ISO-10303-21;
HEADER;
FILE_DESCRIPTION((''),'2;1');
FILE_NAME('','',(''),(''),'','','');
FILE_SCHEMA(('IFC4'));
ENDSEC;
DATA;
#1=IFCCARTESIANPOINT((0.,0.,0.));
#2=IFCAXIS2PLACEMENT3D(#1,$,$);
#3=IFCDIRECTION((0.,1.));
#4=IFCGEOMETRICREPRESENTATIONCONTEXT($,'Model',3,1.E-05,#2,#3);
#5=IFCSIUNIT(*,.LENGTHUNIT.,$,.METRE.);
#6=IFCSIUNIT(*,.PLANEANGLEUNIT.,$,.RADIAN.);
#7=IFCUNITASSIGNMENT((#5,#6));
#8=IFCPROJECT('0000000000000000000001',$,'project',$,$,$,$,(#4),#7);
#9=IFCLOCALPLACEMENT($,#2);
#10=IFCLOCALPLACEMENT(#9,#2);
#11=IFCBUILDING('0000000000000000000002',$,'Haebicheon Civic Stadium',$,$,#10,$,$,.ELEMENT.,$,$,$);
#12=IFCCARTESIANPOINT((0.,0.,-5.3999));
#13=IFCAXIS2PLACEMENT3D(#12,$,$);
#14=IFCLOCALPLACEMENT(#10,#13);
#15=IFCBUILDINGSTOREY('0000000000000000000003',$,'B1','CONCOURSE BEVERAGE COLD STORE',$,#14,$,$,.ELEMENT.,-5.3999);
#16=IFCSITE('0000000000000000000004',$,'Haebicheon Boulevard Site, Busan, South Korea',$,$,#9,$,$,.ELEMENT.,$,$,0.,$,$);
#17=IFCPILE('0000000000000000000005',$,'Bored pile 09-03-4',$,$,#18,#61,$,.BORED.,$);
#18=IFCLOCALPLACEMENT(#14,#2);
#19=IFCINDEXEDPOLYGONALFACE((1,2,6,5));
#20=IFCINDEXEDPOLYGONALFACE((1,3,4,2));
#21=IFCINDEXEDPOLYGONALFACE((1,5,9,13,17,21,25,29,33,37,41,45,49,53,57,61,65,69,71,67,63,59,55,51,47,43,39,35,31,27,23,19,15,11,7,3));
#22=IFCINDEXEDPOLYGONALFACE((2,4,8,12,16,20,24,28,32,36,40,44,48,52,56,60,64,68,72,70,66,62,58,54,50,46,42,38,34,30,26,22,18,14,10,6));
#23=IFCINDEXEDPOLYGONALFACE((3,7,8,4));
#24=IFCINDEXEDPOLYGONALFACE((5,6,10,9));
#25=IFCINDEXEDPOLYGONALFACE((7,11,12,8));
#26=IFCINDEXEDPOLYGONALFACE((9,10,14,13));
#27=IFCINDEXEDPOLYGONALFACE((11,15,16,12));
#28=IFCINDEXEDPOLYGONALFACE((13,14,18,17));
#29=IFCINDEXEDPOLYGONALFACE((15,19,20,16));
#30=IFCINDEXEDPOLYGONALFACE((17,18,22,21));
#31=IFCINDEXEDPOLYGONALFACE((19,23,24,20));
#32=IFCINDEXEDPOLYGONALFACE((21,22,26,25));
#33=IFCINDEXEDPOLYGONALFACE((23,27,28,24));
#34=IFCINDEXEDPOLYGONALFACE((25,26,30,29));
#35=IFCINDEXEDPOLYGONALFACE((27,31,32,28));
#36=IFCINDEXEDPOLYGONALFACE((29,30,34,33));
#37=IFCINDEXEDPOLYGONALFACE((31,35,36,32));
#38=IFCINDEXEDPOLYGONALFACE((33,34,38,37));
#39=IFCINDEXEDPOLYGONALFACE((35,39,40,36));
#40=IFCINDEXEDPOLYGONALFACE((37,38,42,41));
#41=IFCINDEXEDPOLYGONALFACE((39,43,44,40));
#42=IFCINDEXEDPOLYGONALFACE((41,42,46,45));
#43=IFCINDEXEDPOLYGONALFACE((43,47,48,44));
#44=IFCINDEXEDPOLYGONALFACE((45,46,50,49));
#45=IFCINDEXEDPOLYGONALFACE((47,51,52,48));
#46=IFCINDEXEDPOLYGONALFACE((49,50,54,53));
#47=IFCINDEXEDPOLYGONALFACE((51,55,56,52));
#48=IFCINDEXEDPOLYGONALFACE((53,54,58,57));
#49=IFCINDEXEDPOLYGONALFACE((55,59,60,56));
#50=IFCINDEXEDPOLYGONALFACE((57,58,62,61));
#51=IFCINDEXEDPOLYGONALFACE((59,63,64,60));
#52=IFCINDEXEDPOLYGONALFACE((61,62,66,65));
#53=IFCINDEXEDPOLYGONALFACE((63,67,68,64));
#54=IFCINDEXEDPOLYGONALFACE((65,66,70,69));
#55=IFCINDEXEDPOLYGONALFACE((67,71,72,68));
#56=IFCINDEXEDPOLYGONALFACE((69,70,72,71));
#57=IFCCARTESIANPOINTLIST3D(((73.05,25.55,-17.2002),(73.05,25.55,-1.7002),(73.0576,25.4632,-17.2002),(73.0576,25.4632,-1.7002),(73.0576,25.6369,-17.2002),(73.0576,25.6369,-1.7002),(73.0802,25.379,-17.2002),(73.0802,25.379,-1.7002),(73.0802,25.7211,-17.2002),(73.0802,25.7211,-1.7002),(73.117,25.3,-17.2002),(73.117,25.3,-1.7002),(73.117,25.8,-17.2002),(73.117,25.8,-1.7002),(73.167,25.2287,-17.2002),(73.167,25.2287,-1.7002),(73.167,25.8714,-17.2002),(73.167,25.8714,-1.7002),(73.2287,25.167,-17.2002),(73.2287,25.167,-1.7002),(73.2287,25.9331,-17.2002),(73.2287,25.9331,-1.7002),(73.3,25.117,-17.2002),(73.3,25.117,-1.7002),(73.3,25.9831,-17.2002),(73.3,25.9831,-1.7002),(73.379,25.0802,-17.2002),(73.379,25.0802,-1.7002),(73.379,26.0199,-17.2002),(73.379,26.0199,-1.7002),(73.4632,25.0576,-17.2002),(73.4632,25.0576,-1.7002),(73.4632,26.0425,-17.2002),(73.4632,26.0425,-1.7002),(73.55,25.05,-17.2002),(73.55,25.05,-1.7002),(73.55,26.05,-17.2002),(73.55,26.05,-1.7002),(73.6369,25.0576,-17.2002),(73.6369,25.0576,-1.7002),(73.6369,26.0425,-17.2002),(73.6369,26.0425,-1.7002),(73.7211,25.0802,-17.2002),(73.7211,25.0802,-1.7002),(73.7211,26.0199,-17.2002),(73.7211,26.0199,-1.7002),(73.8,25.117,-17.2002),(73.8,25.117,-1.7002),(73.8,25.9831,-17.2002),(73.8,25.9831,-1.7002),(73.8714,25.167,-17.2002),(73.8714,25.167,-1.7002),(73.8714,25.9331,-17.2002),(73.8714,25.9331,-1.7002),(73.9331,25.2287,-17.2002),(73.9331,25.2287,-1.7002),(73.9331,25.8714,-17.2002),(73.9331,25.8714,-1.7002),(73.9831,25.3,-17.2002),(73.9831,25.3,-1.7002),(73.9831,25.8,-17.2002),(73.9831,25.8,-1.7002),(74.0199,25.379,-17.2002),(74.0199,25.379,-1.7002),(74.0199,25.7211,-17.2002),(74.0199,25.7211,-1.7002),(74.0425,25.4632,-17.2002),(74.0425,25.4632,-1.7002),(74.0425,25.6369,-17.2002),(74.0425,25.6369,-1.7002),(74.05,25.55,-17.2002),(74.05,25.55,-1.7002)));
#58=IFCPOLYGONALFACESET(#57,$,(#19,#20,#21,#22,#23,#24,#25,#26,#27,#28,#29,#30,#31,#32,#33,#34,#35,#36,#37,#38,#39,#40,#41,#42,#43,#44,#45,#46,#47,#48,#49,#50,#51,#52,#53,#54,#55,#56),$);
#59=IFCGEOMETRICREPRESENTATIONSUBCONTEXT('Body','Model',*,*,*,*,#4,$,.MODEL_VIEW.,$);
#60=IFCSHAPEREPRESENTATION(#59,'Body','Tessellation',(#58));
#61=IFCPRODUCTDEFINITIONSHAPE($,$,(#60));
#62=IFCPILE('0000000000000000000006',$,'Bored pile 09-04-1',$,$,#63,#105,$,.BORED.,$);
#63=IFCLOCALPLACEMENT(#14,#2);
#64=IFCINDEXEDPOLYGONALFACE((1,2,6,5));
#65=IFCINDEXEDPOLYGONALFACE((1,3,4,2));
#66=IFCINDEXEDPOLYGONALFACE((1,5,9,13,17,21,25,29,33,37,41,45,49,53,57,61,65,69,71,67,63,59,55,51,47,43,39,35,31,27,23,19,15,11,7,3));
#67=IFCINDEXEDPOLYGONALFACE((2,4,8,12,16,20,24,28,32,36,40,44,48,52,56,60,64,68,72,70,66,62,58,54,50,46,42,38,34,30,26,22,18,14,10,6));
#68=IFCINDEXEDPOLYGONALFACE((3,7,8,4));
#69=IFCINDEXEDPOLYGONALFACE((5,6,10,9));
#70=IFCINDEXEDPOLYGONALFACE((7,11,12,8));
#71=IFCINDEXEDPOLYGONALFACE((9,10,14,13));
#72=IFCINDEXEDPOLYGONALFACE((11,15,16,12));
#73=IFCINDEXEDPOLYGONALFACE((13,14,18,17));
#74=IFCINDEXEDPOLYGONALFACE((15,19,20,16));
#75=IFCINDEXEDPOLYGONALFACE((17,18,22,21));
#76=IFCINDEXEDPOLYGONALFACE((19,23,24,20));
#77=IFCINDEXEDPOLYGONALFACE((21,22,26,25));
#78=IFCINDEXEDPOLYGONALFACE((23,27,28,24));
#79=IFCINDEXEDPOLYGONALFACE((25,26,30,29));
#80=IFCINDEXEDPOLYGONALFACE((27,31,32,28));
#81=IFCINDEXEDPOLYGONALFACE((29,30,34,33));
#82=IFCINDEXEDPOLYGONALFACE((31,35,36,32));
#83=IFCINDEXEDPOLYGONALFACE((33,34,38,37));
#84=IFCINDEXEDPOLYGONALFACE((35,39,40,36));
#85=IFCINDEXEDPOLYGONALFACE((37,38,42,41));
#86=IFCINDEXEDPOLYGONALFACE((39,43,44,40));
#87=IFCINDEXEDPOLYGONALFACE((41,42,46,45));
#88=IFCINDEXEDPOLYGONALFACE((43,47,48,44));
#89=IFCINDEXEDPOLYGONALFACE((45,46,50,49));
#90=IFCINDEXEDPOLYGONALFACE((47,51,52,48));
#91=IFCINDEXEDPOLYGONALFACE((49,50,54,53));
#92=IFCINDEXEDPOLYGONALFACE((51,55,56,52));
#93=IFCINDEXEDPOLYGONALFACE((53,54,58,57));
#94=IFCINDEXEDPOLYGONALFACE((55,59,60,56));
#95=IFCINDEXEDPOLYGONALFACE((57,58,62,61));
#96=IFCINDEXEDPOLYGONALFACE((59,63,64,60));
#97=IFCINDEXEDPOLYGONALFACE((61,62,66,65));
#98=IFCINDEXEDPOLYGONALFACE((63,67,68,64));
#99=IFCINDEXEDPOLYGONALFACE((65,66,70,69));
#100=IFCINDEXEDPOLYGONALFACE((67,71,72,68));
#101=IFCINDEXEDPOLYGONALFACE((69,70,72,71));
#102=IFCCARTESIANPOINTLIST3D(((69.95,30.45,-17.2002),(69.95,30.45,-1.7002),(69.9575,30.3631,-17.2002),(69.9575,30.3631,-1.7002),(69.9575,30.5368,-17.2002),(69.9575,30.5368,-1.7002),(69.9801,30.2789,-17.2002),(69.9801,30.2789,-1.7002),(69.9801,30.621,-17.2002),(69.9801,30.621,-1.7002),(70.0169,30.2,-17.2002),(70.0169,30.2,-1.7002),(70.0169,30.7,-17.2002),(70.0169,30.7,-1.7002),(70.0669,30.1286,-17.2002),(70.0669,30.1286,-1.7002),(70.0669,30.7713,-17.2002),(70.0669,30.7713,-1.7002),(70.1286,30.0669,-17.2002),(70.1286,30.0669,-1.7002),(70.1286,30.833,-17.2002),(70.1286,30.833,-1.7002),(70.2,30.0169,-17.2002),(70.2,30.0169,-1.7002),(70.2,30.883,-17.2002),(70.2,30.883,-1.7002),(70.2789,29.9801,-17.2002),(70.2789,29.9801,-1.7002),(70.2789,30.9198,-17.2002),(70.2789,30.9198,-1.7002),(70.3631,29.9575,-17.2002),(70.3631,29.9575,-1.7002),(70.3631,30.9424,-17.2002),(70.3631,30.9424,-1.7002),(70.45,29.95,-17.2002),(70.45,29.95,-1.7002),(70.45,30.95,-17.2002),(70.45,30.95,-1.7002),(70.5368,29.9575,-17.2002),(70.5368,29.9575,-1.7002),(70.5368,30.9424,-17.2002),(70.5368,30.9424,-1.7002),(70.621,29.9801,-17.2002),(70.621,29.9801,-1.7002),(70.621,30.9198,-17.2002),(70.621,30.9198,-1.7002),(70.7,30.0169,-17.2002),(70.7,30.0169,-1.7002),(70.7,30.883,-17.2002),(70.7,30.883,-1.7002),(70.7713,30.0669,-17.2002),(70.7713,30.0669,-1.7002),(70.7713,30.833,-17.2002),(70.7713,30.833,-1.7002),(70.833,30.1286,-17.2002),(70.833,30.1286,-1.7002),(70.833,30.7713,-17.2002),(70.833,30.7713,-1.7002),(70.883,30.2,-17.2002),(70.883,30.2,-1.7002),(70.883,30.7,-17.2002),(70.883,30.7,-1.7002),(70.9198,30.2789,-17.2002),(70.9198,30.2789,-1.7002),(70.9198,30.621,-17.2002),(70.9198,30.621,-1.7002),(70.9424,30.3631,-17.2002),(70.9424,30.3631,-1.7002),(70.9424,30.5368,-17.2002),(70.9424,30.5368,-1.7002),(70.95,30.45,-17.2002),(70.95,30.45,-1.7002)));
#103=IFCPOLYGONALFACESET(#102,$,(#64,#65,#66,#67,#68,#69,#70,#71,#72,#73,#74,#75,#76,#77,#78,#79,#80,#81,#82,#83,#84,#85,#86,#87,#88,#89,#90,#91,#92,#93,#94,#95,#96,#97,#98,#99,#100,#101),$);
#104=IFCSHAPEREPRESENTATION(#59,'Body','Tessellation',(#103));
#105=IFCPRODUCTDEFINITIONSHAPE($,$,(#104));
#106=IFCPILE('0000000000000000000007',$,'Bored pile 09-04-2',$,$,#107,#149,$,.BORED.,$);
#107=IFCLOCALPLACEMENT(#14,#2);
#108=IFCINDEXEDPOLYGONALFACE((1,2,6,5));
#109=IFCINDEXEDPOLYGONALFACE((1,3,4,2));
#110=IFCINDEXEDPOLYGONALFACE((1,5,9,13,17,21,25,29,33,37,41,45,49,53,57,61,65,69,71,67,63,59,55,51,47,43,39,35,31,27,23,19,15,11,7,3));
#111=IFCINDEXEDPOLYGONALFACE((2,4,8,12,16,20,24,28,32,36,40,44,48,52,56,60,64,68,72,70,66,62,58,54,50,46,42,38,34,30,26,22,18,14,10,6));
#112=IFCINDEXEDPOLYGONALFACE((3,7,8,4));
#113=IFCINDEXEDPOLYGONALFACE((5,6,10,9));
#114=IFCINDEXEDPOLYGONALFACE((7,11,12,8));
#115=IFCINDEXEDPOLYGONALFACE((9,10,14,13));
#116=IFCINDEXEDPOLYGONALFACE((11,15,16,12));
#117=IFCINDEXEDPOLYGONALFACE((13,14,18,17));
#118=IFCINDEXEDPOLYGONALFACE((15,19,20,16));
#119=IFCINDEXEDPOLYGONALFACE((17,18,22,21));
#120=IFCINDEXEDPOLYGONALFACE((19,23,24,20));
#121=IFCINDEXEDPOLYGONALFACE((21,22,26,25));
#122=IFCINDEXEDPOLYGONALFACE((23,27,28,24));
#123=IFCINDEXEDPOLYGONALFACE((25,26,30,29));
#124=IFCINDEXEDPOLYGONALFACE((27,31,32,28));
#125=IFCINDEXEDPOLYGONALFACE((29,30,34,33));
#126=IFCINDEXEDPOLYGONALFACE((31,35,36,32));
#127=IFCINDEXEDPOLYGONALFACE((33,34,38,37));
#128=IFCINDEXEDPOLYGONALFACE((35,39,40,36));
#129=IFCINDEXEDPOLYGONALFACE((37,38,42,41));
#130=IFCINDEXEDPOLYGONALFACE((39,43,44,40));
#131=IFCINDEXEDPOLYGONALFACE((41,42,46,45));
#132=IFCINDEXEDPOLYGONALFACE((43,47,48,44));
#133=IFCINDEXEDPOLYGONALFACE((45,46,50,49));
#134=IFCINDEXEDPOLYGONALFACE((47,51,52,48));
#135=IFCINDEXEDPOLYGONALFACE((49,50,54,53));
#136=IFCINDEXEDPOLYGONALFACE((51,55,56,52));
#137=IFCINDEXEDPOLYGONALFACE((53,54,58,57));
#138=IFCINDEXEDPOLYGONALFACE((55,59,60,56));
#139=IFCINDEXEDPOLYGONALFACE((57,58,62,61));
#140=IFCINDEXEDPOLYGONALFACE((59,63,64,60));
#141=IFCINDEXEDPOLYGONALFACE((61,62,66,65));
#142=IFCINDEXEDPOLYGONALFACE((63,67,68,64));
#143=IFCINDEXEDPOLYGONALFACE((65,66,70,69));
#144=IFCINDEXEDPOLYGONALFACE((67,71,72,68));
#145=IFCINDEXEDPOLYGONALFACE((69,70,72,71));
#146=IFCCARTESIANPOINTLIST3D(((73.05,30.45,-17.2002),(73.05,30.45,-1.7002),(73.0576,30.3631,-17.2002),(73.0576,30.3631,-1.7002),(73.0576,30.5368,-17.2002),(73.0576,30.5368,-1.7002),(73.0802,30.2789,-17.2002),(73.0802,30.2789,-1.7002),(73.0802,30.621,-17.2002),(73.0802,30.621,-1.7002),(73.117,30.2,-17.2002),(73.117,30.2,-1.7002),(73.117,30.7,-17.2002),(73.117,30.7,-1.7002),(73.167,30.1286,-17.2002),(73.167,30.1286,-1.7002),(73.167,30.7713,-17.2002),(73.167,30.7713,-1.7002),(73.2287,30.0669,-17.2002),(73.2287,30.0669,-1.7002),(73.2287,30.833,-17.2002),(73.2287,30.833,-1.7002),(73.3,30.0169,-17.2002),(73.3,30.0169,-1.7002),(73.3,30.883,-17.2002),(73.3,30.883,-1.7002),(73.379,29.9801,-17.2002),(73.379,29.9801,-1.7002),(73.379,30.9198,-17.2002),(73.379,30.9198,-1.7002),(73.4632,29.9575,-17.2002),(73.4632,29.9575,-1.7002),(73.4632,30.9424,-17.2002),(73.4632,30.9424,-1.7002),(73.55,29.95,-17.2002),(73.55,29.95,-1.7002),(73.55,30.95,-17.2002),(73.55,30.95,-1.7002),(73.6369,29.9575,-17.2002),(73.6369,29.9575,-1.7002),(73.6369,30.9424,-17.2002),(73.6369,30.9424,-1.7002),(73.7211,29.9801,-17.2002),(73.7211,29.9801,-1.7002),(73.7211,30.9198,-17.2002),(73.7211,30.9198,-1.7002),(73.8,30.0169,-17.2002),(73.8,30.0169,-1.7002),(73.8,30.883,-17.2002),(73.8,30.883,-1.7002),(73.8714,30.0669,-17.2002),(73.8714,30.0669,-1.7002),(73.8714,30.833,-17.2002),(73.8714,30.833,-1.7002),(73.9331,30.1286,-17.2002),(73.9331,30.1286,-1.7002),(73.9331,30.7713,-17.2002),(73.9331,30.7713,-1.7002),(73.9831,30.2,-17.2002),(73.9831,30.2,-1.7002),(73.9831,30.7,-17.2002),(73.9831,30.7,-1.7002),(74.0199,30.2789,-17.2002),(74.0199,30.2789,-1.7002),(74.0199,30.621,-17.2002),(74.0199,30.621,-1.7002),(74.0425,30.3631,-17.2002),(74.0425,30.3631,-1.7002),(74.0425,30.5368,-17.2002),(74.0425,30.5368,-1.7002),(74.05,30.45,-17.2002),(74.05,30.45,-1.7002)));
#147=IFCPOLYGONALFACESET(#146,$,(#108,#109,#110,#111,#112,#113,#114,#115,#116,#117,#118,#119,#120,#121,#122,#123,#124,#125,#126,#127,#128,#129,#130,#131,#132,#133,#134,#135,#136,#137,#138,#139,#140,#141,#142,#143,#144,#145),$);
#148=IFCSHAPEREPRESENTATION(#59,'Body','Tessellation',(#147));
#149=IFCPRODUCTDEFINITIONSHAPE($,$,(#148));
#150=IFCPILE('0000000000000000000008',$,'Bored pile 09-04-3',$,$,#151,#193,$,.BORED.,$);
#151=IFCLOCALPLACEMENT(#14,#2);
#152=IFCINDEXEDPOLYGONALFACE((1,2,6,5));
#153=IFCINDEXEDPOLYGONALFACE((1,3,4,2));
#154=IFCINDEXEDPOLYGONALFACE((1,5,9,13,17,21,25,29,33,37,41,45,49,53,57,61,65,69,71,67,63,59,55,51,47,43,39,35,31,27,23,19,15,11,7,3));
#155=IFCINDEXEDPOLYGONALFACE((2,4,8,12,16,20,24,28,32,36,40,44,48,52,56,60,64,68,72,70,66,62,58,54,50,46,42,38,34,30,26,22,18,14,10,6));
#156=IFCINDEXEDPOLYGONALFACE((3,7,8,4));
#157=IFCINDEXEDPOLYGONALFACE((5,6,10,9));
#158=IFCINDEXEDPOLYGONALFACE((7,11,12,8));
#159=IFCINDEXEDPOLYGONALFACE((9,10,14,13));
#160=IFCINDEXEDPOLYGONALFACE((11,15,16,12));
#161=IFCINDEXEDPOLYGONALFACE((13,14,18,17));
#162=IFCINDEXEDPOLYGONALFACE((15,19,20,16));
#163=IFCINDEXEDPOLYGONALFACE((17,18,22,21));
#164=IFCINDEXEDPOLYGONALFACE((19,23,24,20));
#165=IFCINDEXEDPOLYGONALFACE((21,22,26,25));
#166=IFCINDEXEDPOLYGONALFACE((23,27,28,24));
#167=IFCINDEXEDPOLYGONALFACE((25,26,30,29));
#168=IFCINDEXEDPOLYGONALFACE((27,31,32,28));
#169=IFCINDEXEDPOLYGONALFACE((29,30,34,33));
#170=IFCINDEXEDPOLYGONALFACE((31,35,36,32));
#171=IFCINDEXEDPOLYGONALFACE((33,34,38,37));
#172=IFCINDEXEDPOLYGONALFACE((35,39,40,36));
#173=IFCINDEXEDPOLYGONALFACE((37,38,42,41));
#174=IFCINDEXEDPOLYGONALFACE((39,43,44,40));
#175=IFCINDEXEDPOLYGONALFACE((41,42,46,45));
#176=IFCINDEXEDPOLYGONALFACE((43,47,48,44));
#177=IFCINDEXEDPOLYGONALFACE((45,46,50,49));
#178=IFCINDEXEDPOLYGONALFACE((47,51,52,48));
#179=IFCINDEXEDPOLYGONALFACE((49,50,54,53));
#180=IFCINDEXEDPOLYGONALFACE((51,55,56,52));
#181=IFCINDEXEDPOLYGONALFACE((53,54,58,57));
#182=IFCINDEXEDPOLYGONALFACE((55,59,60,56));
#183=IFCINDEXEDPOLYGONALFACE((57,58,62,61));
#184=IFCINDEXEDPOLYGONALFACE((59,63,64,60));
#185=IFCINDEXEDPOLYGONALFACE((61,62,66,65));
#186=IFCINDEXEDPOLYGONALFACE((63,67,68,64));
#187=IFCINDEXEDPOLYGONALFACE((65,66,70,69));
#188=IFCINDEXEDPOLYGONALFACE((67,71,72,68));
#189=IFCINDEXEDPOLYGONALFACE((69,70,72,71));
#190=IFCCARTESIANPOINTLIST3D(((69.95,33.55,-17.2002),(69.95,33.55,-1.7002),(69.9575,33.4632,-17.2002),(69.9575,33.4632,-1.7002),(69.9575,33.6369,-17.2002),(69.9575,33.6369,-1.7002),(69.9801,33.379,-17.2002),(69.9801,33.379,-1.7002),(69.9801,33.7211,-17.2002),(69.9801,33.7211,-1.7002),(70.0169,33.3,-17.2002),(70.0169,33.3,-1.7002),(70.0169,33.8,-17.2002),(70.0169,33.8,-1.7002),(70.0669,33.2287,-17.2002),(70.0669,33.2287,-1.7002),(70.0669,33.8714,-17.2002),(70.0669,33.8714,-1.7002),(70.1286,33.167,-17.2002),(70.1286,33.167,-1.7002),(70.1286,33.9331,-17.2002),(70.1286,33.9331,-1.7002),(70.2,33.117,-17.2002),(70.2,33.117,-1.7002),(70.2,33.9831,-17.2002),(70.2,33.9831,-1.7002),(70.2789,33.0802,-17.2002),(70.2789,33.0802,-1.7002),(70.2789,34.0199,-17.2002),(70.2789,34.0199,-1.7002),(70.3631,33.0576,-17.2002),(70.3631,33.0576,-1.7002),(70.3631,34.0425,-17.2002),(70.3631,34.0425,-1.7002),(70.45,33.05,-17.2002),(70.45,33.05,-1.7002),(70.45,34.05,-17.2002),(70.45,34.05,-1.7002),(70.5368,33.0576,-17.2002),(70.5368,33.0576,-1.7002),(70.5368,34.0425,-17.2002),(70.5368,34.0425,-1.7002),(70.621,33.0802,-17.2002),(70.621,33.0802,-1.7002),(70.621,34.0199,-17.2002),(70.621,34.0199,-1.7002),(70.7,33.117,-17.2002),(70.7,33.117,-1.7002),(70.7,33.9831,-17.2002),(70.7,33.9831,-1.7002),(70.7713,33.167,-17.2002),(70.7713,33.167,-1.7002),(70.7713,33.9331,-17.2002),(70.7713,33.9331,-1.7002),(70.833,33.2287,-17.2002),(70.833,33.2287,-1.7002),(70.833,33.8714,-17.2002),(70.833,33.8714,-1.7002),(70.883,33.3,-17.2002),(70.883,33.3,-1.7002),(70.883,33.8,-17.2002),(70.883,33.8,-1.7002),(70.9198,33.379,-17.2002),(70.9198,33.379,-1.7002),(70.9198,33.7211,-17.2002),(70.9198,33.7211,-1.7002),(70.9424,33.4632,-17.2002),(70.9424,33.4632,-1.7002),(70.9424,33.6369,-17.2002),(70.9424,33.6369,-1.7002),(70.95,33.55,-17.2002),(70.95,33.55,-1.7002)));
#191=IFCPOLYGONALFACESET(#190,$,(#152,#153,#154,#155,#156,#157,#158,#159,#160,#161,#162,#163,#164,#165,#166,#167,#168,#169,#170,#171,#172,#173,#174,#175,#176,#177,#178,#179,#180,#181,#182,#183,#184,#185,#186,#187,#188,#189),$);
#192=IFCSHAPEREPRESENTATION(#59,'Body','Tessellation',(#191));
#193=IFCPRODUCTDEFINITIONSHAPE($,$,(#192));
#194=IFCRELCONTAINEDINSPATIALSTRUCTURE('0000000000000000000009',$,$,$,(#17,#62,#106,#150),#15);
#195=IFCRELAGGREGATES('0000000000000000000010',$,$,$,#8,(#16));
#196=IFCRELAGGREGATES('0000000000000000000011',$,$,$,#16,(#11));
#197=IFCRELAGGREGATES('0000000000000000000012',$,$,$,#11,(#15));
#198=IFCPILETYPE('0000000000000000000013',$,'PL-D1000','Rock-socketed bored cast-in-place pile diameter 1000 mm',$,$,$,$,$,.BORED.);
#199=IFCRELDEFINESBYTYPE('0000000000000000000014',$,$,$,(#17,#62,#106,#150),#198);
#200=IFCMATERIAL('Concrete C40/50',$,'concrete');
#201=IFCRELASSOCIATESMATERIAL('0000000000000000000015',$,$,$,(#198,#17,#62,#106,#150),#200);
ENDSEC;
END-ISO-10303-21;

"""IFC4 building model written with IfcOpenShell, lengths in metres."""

from ifc_helpers import new_model, si_unit, direction, frame, origin, origin_2d, place, context, subcontext, project, spatial, circle, extrude, material, material_profile, profile_set, type_object, element, save


model = new_model("IFC4")

# Units and contexts
model_context = context("Model", 3, precision=1e-05, world=origin(), true_north=direction((0.0, 1.0)))
body_context = subcontext(model_context, "Body", "Model", "MODEL_VIEW")
ifc_project = project(units=[si_unit("LENGTHUNIT", "METRE"), si_unit("PLANEANGLEUNIT", "RADIAN")], contexts=[model_context])

# Site, building, storey
site_placement = place(None, origin())
site = spatial("IfcSite", under=ifc_project, at=site_placement, Name="Haebicheon Boulevard Site, Busan, South Korea", CompositionType="ELEMENT", RefElevation=0.0)
building_placement = place(site_placement, origin())
building = spatial("IfcBuilding", under=site, at=building_placement, Name="Haebicheon Civic Stadium", CompositionType="ELEMENT")
storey_placement = place(building_placement, frame((0.0, 0.0, -5.3999)))
storey = spatial("IfcBuildingStorey", under=building, at=storey_placement, Name="B1", Description="CONCOURSE BEVERAGE COLD STORE", CompositionType="ELEMENT", Elevation=-5.3999)

# Piles
ifc_material_1 = material(Name="Concrete C40/50", Category="concrete")
ifc_material_profile_1 = material_profile(ifc_material_1, circle(Radius=0.5, at=origin_2d()), Name="PILE-D1000")
ifc_profile_set_1 = profile_set([ifc_material_profile_1], Name="Concrete C40/50")
pile_type = type_object("IfcPileType", Name="PL-D1000", Description="Rock-socketed bored cast-in-place pile diameter 1000 mm", PredefinedType="BORED", material=ifc_profile_set_1)
for number, where, z_axis, x_axis, name in (
    (1, (73.55, 25.55, -1.7002), (0.0, 0.0, -1.0), (1.0, 0.0, 0.0), "Bored pile 09-03-4"),
    (2, (70.45, 30.45, -1.7002), (0.0, 0.0, -1.0), (1.0, 0.0, 0.0), "Bored pile 09-04-1"),
    (3, (73.55, 30.45, -1.7002), (0.0, 0.0, -1.0), (1.0, 0.0, 0.0), "Bored pile 09-04-2"),
    (4, (70.45, 33.55, -1.7002), (0.0, 0.0, -1.0), (1.0, 0.0, 0.0), "Bored pile 09-04-3"),
):
    element("IfcPile", number, at=place(storey_placement, frame(where, z_axis=z_axis, x_axis=x_axis)), inside=storey, type_object=pile_type, material=ifc_profile_set_1, Name=name, PredefinedType="BORED", context=body_context, shape_type="SweptSolid", body=[
        extrude(circle(Radius=0.5, at=origin_2d()), origin(), (0.0, 0.0, 1.0), 15.5),
    ])

save(model, "model.ifc")
